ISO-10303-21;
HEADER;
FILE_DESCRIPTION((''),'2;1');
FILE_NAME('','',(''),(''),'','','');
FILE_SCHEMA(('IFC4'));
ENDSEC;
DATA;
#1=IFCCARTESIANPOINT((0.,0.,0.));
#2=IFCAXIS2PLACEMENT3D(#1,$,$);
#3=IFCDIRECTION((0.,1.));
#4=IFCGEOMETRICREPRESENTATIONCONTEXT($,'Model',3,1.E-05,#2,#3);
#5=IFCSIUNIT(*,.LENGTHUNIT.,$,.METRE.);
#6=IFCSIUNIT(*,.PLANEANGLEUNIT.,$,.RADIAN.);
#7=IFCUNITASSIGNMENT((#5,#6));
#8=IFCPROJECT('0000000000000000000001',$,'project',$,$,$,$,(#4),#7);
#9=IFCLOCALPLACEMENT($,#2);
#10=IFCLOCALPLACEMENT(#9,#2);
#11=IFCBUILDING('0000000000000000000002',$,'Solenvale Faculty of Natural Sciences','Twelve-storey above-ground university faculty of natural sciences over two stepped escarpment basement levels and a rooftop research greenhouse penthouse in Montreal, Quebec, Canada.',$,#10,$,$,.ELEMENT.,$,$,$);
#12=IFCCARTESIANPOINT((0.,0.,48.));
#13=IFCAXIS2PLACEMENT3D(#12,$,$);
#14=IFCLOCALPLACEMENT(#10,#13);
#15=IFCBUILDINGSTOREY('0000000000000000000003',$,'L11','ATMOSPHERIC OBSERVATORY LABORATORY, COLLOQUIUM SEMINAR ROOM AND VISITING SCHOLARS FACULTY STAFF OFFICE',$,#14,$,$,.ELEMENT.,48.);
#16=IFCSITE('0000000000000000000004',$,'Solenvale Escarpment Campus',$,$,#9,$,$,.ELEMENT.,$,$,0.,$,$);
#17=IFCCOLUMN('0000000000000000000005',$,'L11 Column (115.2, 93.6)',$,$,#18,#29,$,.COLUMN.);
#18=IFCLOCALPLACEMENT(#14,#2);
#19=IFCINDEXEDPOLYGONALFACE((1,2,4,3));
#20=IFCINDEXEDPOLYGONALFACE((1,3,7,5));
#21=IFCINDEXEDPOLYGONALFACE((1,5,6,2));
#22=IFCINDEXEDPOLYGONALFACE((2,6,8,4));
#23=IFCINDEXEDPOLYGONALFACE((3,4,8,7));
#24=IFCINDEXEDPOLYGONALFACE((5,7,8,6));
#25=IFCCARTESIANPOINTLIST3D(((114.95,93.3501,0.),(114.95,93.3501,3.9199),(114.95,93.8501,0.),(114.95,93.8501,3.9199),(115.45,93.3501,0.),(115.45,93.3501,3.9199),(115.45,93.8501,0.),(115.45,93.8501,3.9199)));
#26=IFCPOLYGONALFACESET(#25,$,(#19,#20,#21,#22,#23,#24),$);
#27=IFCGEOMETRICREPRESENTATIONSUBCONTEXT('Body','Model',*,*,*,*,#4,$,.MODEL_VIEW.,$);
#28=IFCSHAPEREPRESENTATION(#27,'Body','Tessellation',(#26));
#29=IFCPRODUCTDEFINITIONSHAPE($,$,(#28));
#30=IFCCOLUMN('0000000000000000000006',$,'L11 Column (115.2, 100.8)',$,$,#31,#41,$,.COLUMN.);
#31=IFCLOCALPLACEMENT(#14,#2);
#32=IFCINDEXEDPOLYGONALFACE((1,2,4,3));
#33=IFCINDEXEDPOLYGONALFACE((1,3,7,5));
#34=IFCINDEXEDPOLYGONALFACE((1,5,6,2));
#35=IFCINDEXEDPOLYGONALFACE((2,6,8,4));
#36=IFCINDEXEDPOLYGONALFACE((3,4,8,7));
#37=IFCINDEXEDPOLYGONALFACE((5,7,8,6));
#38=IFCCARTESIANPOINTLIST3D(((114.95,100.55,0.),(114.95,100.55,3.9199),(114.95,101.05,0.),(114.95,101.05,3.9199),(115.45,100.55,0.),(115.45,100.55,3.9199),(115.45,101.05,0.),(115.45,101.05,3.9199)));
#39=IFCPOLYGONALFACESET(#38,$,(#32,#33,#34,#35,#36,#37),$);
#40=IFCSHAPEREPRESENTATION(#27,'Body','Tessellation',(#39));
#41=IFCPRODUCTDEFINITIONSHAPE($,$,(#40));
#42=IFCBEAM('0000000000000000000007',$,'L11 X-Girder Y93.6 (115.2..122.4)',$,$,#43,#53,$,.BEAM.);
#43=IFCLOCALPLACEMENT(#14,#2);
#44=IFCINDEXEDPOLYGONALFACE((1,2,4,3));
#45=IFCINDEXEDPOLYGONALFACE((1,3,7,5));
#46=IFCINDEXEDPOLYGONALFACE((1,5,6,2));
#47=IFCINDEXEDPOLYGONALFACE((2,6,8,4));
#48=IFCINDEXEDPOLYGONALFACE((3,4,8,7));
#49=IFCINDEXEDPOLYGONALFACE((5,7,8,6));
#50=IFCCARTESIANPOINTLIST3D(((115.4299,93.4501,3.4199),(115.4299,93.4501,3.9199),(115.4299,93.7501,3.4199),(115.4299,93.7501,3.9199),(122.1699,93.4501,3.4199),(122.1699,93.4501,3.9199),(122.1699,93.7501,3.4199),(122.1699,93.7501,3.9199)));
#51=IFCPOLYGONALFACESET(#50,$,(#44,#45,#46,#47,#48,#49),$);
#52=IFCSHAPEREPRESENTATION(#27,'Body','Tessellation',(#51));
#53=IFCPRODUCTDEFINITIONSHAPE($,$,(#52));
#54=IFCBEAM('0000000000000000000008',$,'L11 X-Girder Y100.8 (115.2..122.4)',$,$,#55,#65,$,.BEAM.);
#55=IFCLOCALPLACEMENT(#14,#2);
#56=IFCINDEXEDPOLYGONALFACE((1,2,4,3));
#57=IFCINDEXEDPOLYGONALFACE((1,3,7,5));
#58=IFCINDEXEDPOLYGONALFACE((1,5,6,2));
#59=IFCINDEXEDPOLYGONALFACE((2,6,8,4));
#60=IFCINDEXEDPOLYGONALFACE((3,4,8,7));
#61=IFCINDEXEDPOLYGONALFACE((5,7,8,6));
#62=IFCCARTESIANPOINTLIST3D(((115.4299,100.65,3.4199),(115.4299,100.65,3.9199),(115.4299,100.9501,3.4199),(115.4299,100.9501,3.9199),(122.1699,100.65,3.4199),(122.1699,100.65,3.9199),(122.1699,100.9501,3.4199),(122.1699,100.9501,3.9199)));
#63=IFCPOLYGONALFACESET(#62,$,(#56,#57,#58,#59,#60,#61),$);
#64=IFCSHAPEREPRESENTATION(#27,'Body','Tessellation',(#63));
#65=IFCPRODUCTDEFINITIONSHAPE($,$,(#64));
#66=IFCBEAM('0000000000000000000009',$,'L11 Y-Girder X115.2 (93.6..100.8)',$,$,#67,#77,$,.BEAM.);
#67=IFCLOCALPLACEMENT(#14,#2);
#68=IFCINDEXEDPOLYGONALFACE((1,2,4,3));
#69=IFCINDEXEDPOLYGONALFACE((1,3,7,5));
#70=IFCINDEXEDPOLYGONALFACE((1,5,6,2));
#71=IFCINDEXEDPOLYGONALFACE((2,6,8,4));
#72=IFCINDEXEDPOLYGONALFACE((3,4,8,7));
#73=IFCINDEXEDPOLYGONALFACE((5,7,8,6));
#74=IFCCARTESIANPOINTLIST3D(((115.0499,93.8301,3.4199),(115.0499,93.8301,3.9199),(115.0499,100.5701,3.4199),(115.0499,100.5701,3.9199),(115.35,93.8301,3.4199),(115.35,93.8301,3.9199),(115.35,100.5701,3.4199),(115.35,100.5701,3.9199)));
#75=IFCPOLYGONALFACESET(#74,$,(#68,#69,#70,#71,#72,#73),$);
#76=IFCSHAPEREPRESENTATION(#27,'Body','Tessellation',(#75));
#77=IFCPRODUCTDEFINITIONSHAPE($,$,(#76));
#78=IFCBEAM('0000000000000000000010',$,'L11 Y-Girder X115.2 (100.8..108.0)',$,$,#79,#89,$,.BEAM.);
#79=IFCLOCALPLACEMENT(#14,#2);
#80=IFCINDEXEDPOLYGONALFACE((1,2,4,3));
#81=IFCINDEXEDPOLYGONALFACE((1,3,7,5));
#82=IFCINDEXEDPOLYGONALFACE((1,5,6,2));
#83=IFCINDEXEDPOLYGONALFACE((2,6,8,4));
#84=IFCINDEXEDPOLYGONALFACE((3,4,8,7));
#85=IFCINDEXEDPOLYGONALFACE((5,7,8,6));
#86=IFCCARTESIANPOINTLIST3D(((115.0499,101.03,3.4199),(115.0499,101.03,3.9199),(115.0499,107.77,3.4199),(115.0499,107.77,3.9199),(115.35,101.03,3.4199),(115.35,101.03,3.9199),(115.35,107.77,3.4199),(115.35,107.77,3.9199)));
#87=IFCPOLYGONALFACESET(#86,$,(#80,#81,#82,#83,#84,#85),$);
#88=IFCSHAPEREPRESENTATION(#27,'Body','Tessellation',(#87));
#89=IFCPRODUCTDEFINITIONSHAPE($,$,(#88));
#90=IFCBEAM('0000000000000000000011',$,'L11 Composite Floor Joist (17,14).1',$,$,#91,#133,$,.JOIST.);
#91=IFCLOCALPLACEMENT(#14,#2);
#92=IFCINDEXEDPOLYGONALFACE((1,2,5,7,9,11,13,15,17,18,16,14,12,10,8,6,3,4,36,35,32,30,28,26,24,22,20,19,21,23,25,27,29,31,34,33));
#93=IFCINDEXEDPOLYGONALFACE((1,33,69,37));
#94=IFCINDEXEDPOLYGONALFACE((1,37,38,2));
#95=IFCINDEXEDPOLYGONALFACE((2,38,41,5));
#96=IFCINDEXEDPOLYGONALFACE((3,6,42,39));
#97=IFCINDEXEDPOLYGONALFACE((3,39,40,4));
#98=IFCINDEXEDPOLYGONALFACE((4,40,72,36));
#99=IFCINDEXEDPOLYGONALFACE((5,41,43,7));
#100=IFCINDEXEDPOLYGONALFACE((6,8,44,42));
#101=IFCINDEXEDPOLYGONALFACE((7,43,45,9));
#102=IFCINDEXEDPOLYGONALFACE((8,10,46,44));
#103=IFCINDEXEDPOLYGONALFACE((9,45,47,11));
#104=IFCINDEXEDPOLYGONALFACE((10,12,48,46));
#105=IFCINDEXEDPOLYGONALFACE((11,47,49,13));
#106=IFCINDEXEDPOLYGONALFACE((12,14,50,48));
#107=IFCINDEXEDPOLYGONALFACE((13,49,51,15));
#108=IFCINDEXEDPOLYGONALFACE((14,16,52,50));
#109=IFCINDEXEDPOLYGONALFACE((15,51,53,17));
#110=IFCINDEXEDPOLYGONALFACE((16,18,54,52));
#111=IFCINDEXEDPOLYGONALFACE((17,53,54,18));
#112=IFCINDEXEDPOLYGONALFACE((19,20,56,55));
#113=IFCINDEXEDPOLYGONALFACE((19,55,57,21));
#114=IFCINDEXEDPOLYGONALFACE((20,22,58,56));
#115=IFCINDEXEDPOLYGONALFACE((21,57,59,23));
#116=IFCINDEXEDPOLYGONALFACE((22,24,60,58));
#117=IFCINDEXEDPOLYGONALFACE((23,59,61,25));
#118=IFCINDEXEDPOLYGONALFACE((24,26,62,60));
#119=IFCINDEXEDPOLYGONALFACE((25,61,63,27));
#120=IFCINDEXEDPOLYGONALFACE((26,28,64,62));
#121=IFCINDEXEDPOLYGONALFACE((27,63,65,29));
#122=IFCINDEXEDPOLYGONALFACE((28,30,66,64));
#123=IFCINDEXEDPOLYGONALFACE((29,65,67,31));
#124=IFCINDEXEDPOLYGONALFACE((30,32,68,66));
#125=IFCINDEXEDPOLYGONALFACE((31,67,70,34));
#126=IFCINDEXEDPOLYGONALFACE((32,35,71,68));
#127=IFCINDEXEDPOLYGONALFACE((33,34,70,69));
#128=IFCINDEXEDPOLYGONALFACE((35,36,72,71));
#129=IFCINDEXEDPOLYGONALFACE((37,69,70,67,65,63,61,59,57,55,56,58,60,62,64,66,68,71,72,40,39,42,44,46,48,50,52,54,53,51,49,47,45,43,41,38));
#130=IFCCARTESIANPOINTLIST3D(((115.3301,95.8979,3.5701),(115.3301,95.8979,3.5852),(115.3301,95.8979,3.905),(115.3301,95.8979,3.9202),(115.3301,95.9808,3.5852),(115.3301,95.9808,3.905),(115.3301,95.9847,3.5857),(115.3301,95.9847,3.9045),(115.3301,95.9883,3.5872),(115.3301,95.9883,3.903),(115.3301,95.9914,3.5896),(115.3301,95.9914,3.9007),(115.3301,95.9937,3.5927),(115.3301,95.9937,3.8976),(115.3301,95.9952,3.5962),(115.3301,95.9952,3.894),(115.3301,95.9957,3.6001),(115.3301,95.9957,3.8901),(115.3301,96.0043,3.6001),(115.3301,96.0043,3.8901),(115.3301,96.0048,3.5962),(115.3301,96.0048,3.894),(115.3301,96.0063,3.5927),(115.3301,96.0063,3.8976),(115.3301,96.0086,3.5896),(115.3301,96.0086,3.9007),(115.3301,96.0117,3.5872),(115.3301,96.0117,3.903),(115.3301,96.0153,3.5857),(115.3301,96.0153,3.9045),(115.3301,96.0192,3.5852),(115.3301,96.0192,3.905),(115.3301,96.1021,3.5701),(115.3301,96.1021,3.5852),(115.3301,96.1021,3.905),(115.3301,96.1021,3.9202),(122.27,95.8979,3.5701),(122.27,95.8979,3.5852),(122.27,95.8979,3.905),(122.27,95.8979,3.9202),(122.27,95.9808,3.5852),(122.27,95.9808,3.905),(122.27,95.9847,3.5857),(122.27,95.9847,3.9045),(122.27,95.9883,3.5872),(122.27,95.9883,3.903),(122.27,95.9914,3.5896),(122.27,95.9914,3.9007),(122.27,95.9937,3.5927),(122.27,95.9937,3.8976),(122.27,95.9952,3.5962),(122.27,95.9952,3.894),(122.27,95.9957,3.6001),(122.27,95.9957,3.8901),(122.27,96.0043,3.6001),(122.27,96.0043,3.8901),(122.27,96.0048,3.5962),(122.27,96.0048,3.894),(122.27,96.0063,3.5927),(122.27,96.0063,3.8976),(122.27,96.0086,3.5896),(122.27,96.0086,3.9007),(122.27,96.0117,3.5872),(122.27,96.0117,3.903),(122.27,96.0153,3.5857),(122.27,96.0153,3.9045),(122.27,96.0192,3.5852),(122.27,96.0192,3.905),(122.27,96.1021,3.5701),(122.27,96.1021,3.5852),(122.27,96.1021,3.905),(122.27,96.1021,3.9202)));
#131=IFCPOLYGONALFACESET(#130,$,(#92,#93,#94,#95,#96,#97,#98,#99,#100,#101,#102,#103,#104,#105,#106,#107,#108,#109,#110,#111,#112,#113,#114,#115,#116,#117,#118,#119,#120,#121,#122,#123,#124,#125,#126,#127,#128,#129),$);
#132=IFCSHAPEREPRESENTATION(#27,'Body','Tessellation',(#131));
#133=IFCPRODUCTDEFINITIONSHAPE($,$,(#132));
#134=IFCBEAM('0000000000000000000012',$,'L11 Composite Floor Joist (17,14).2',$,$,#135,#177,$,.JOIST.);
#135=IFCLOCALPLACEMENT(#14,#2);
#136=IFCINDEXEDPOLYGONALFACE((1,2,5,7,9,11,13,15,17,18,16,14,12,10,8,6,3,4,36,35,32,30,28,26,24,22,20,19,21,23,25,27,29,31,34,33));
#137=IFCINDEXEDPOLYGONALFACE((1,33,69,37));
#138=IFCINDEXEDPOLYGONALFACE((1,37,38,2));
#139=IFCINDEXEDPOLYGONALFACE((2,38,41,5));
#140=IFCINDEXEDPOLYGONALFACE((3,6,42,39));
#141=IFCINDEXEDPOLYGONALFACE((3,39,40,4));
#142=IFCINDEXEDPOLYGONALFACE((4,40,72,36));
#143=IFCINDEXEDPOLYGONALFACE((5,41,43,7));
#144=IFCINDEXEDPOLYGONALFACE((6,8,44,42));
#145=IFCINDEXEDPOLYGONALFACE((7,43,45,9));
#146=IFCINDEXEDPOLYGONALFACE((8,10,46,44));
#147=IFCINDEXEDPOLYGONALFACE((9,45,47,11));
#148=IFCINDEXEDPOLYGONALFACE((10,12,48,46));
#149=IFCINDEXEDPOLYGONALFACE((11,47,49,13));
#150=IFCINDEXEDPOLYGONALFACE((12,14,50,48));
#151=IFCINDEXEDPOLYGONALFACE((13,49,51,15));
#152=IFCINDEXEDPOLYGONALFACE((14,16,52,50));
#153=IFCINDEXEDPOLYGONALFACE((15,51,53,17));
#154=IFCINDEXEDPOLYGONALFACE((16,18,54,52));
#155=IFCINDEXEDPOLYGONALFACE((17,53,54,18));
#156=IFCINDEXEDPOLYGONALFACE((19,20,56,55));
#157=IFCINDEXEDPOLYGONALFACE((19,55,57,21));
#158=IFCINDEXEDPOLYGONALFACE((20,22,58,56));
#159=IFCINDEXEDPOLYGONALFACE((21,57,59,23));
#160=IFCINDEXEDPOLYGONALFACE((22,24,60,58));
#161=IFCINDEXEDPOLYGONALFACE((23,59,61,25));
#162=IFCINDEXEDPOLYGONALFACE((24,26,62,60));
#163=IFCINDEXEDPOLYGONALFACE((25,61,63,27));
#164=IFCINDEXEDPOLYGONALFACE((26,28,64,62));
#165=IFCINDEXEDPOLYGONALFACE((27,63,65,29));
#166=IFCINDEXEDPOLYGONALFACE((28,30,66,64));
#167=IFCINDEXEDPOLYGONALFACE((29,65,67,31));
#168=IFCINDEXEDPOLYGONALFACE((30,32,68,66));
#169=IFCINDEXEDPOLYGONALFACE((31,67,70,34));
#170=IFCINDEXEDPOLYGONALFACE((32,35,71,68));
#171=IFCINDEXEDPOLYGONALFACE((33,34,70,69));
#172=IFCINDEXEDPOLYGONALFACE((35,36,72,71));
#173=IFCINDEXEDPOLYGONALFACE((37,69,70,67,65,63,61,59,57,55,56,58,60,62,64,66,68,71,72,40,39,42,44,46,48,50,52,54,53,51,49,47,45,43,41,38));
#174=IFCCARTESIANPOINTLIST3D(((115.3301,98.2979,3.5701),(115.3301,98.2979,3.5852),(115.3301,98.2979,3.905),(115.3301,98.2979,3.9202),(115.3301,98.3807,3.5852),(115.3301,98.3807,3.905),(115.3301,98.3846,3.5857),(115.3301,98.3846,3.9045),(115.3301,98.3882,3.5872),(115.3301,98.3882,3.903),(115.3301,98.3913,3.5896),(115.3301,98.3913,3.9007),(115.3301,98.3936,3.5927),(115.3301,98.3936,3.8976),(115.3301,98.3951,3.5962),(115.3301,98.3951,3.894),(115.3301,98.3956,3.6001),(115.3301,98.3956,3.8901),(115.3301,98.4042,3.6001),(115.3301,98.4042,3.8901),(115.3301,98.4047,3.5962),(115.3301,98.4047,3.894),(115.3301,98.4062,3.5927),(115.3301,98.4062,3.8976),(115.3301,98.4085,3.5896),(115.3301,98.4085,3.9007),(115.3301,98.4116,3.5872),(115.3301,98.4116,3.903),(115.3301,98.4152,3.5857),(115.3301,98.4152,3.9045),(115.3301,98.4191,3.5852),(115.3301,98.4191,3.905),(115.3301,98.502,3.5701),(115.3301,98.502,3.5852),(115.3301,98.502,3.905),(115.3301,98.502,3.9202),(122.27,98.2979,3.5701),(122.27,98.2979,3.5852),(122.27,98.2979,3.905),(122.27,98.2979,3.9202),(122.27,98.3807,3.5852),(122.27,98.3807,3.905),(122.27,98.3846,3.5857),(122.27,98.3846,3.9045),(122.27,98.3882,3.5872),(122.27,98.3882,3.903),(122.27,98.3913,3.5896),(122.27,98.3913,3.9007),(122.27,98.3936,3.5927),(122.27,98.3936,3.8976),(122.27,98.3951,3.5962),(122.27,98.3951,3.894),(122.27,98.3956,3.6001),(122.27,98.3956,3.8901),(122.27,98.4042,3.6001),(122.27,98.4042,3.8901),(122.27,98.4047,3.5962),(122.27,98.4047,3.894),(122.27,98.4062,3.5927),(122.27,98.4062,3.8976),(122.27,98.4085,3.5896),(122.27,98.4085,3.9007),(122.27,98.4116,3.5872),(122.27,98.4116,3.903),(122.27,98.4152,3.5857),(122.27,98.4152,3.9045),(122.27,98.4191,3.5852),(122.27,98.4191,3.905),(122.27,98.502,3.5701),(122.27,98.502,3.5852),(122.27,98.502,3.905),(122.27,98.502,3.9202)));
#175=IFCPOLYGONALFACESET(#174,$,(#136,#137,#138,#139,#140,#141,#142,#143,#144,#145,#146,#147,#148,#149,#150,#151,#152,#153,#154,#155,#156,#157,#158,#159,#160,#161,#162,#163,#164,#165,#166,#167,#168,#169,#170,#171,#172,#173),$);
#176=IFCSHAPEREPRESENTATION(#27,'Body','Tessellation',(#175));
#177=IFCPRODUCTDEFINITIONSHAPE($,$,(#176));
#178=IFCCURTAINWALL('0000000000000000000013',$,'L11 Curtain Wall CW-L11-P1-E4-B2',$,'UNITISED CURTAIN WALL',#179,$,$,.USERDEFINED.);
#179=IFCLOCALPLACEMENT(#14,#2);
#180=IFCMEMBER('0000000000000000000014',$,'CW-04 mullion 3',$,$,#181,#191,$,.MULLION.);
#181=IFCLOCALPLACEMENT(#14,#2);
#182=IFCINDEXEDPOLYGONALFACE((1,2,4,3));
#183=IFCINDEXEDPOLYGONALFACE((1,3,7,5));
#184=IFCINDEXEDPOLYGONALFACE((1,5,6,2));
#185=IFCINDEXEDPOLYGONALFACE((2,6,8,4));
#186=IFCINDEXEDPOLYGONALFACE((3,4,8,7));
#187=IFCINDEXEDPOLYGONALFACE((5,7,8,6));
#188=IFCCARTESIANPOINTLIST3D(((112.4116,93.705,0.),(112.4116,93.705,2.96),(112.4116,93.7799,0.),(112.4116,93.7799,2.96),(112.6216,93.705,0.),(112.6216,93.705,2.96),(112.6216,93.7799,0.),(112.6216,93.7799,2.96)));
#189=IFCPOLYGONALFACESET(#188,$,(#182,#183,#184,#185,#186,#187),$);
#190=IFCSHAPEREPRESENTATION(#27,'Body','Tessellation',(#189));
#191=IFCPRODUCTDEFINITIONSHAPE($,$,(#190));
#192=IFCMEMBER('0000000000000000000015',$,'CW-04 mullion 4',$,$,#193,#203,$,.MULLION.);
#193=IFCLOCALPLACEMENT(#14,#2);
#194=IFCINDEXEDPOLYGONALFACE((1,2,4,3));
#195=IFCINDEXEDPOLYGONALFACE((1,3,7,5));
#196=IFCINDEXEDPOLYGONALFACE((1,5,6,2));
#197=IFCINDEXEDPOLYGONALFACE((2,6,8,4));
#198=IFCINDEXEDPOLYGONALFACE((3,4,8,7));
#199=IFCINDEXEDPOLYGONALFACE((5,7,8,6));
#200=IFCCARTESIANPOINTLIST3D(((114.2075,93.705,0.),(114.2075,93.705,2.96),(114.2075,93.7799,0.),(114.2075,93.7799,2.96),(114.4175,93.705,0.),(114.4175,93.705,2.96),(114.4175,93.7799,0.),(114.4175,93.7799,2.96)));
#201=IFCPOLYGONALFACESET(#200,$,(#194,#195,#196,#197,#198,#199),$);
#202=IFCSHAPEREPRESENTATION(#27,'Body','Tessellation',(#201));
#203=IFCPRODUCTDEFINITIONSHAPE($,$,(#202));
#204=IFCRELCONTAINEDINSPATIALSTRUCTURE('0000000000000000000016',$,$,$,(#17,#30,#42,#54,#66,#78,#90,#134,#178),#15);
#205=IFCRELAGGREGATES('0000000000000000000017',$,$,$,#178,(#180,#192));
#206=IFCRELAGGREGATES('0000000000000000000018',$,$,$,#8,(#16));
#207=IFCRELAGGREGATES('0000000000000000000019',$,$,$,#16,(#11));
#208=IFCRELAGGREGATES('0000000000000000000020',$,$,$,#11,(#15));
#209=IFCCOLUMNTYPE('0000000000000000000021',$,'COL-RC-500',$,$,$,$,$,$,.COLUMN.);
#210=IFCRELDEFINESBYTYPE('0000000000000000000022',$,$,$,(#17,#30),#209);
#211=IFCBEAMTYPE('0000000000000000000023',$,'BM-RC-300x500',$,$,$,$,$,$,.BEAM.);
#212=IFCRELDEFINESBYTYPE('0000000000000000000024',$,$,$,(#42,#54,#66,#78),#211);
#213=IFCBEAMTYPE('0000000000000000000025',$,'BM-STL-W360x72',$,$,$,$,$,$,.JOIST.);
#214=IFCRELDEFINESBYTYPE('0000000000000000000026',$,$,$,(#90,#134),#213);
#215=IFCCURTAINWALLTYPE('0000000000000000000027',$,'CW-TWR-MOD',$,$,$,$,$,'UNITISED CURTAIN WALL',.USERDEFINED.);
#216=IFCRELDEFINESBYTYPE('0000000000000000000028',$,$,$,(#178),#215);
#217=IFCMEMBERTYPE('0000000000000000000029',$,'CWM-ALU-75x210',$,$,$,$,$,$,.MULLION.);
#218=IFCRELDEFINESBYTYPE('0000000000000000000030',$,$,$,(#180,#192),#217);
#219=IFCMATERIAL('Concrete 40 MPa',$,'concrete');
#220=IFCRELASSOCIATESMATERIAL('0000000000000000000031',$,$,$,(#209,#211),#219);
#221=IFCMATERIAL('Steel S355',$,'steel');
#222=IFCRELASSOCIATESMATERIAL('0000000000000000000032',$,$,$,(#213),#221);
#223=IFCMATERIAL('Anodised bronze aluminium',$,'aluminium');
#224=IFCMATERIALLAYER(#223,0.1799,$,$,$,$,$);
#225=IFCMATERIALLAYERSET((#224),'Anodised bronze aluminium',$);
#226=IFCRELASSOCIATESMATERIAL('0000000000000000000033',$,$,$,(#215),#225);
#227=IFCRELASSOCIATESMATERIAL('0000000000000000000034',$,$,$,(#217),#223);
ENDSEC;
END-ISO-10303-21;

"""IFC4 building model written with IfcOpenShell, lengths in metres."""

from ifc_helpers import new_model, si_unit, direction, frame, origin, origin_2d, place, context, subcontext, project, spatial, rectangle, i_section, extrude, material, layer, layer_set, material_profile, profile_set, type_object, element, aggregate, save


model = new_model("IFC4")

# Units and contexts
model_context = context("Model", 3, precision=1e-05, world=origin(), true_north=direction((0.0, 1.0)))
body_context = subcontext(model_context, "Body", "Model", "MODEL_VIEW")
ifc_project = project(units=[si_unit("LENGTHUNIT", "METRE"), si_unit("PLANEANGLEUNIT", "RADIAN")], contexts=[model_context])

# Site, building, storey
site_placement = place(None, origin())
site = spatial("IfcSite", under=ifc_project, at=site_placement, Name="Solenvale Escarpment Campus", CompositionType="ELEMENT", RefElevation=0.0)
building_placement = place(site_placement, origin())
building = spatial("IfcBuilding", under=site, at=building_placement, Name="Solenvale Faculty of Natural Sciences", Description="Twelve-storey above-ground university faculty of natural sciences over two stepped escarpment basement levels and a rooftop research greenhouse penthouse in Montreal, Quebec, Canada.", CompositionType="ELEMENT")
storey_placement = place(building_placement, frame((0.0, 0.0, 48.0)))
storey = spatial("IfcBuildingStorey", under=building, at=storey_placement, Name="L11", Description="ATMOSPHERIC OBSERVATORY LABORATORY, COLLOQUIUM SEMINAR ROOM AND VISITING SCHOLARS FACULTY STAFF OFFICE", CompositionType="ELEMENT", Elevation=48.0)

# Columns
ifc_material_1 = material(Name="Concrete 40 MPa", Category="concrete")
ifc_material_profile_1 = material_profile(ifc_material_1, rectangle(XDim=0.5, YDim=0.5, at=origin_2d()), Name="RC-COL-500x500")
ifc_profile_set_1 = profile_set([ifc_material_profile_1], Name="Concrete 40 MPa")
column_type = type_object("IfcColumnType", Name="COL-RC-500", PredefinedType="COLUMN", material=ifc_profile_set_1)
for number, where, z_axis, x_axis, name in (
    (1, (115.2, 93.6001, 0.0), (0.0, 0.0, 1.0), (1.0, 0.0, 0.0), "L11 Column (115.2, 93.6)"),
    (2, (115.2, 100.8, 0.0), (0.0, 0.0, 1.0), (1.0, 0.0, 0.0), "L11 Column (115.2, 100.8)"),
):
    element("IfcColumn", number, at=place(storey_placement, frame(where, z_axis=z_axis, x_axis=x_axis)), inside=storey, type_object=column_type, Name=name, PredefinedType="COLUMN", context=body_context, shape_type="SweptSolid", body=[
        extrude(rectangle(XDim=0.5, YDim=0.5, at=origin_2d()), origin(), (0.0, 0.0, 1.0), 3.9199),
    ])

# Beams
ifc_material_profile_2 = material_profile(ifc_material_1, rectangle(XDim=0.3, YDim=0.5, at=origin_2d()), Name="RC-BM-300x500")
ifc_profile_set_2 = profile_set([ifc_material_profile_2], Name="Concrete 40 MPa")
beam_type_1 = type_object("IfcBeamType", Name="BM-RC-300x500", PredefinedType="BEAM", material=ifc_profile_set_2)
for number, where, z_axis, x_axis, name in (
    (3, (115.4299, 93.6001, 3.6699), (1.0, 0.0, 0.0), (0.0, 1.0, 0.0), "L11 X-Girder Y93.6 (115.2..122.4)"),
    (4, (115.4299, 100.8, 3.6699), (1.0, 0.0, 0.0), (0.0, 1.0, 0.0), "L11 X-Girder Y100.8 (115.2..122.4)"),
    (5, (115.2, 93.8301, 3.6699), (0.0, 1.0, 0.0), (-1.0, 0.0, 0.0), "L11 Y-Girder X115.2 (93.6..100.8)"),
    (6, (115.2, 101.03, 3.6699), (0.0, 1.0, 0.0), (-1.0, 0.0, 0.0), "L11 Y-Girder X115.2 (100.8..108.0)"),
):
    element("IfcBeam", number, at=place(storey_placement, frame(where, z_axis=z_axis, x_axis=x_axis)), inside=storey, type_object=beam_type_1, Name=name, PredefinedType="BEAM", context=body_context, shape_type="SweptSolid", body=[
        extrude(rectangle(XDim=0.3, YDim=0.5, at=origin_2d()), origin(), (0.0, 0.0, 1.0), 6.74),
    ])
ifc_material_2 = material(Name="Steel S355", Category="steel")
ifc_material_profile_3 = material_profile(ifc_material_2, i_section(OverallWidth=0.2041, OverallDepth=0.3501, WebThickness=0.0085, FlangeThickness=0.0151, FilletRadius=0.0149, at=origin_2d()), Name="W360x72")
ifc_profile_set_3 = profile_set([ifc_material_profile_3], Name="Steel S355")
beam_type_2 = type_object("IfcBeamType", Name="BM-STL-W360x72", PredefinedType="JOIST", material=ifc_profile_set_3)
for number, where, z_axis, x_axis, name in (
    (7, (115.3301, 96.0, 3.7451), (1.0, 0.0, 0.0), (0.0, 1.0, 0.0), "L11 Composite Floor Joist (17,14).1"),
    (8, (115.3301, 98.3999, 3.7451), (1.0, 0.0, 0.0), (0.0, 1.0, 0.0), "L11 Composite Floor Joist (17,14).2"),
):
    element("IfcBeam", number, at=place(storey_placement, frame(where, z_axis=z_axis, x_axis=x_axis)), inside=storey, type_object=beam_type_2, Name=name, PredefinedType="JOIST", context=body_context, shape_type="SweptSolid", body=[
        extrude(i_section(OverallWidth=0.2041, OverallDepth=0.3501, WebThickness=0.0085, FlangeThickness=0.0151, FilletRadius=0.0149, at=origin_2d()), origin(), (0.0, 0.0, 1.0), 6.9399),
    ])

# Curtain wall, members
ifc_material_3 = material(Name="Anodised bronze aluminium", Category="aluminium")
ifc_layer_1 = layer(ifc_material_3, 0.1799)
ifc_layer_set_1 = layer_set([ifc_layer_1], Name="Anodised bronze aluminium")
curtain_wall_type = type_object("IfcCurtainWallType", Name="CW-TWR-MOD", ElementType="UNITISED CURTAIN WALL", PredefinedType="USERDEFINED", material=ifc_layer_set_1)
curtain_wall_1_placement = place(storey_placement, origin())
curtain_wall_1 = element("IfcCurtainWall", 9, at=curtain_wall_1_placement, inside=storey, type_object=curtain_wall_type, Name="L11 Curtain Wall CW-L11-P1-E4-B2", ObjectType="UNITISED CURTAIN WALL", PredefinedType="USERDEFINED")
ifc_material_profile_4 = material_profile(ifc_material_3, rectangle(XDim=0.075, YDim=0.21, at=origin_2d()), Name="ALU-MUL-75x210")
ifc_profile_set_4 = profile_set([ifc_material_profile_4], Name="Anodised bronze aluminium")
member_type_1 = type_object("IfcMemberType", Name="CWM-ALU-75x210", PredefinedType="MULLION", material=ifc_profile_set_4)
member_1_placement = place(storey_placement, frame((112.5166, 93.7424, 0.0), z_axis=(0.0, 0.0, 1.0), x_axis=(0.0, 1.0, 0.0)))
member_1 = element("IfcMember", 10, at=member_1_placement, type_object=member_type_1, Name="CW-04 mullion 3", PredefinedType="MULLION", context=body_context, shape_type="SweptSolid", body=[
    extrude(rectangle(XDim=0.075, YDim=0.21, at=origin_2d()), origin(), (0.0, 0.0, 1.0), 2.96),
])
member_2_placement = place(storey_placement, frame((114.3125, 93.7424, 0.0), z_axis=(0.0, 0.0, 1.0), x_axis=(0.0, 1.0, 0.0)))
member_2 = element("IfcMember", 11, at=member_2_placement, type_object=member_type_1, Name="CW-04 mullion 4", PredefinedType="MULLION", context=body_context, shape_type="SweptSolid", body=[
    extrude(rectangle(XDim=0.075, YDim=0.21, at=origin_2d()), origin(), (0.0, 0.0, 1.0), 2.96),
])

aggregate(curtain_wall_1, [member_1, member_2])

save(model, "model.ifc")
